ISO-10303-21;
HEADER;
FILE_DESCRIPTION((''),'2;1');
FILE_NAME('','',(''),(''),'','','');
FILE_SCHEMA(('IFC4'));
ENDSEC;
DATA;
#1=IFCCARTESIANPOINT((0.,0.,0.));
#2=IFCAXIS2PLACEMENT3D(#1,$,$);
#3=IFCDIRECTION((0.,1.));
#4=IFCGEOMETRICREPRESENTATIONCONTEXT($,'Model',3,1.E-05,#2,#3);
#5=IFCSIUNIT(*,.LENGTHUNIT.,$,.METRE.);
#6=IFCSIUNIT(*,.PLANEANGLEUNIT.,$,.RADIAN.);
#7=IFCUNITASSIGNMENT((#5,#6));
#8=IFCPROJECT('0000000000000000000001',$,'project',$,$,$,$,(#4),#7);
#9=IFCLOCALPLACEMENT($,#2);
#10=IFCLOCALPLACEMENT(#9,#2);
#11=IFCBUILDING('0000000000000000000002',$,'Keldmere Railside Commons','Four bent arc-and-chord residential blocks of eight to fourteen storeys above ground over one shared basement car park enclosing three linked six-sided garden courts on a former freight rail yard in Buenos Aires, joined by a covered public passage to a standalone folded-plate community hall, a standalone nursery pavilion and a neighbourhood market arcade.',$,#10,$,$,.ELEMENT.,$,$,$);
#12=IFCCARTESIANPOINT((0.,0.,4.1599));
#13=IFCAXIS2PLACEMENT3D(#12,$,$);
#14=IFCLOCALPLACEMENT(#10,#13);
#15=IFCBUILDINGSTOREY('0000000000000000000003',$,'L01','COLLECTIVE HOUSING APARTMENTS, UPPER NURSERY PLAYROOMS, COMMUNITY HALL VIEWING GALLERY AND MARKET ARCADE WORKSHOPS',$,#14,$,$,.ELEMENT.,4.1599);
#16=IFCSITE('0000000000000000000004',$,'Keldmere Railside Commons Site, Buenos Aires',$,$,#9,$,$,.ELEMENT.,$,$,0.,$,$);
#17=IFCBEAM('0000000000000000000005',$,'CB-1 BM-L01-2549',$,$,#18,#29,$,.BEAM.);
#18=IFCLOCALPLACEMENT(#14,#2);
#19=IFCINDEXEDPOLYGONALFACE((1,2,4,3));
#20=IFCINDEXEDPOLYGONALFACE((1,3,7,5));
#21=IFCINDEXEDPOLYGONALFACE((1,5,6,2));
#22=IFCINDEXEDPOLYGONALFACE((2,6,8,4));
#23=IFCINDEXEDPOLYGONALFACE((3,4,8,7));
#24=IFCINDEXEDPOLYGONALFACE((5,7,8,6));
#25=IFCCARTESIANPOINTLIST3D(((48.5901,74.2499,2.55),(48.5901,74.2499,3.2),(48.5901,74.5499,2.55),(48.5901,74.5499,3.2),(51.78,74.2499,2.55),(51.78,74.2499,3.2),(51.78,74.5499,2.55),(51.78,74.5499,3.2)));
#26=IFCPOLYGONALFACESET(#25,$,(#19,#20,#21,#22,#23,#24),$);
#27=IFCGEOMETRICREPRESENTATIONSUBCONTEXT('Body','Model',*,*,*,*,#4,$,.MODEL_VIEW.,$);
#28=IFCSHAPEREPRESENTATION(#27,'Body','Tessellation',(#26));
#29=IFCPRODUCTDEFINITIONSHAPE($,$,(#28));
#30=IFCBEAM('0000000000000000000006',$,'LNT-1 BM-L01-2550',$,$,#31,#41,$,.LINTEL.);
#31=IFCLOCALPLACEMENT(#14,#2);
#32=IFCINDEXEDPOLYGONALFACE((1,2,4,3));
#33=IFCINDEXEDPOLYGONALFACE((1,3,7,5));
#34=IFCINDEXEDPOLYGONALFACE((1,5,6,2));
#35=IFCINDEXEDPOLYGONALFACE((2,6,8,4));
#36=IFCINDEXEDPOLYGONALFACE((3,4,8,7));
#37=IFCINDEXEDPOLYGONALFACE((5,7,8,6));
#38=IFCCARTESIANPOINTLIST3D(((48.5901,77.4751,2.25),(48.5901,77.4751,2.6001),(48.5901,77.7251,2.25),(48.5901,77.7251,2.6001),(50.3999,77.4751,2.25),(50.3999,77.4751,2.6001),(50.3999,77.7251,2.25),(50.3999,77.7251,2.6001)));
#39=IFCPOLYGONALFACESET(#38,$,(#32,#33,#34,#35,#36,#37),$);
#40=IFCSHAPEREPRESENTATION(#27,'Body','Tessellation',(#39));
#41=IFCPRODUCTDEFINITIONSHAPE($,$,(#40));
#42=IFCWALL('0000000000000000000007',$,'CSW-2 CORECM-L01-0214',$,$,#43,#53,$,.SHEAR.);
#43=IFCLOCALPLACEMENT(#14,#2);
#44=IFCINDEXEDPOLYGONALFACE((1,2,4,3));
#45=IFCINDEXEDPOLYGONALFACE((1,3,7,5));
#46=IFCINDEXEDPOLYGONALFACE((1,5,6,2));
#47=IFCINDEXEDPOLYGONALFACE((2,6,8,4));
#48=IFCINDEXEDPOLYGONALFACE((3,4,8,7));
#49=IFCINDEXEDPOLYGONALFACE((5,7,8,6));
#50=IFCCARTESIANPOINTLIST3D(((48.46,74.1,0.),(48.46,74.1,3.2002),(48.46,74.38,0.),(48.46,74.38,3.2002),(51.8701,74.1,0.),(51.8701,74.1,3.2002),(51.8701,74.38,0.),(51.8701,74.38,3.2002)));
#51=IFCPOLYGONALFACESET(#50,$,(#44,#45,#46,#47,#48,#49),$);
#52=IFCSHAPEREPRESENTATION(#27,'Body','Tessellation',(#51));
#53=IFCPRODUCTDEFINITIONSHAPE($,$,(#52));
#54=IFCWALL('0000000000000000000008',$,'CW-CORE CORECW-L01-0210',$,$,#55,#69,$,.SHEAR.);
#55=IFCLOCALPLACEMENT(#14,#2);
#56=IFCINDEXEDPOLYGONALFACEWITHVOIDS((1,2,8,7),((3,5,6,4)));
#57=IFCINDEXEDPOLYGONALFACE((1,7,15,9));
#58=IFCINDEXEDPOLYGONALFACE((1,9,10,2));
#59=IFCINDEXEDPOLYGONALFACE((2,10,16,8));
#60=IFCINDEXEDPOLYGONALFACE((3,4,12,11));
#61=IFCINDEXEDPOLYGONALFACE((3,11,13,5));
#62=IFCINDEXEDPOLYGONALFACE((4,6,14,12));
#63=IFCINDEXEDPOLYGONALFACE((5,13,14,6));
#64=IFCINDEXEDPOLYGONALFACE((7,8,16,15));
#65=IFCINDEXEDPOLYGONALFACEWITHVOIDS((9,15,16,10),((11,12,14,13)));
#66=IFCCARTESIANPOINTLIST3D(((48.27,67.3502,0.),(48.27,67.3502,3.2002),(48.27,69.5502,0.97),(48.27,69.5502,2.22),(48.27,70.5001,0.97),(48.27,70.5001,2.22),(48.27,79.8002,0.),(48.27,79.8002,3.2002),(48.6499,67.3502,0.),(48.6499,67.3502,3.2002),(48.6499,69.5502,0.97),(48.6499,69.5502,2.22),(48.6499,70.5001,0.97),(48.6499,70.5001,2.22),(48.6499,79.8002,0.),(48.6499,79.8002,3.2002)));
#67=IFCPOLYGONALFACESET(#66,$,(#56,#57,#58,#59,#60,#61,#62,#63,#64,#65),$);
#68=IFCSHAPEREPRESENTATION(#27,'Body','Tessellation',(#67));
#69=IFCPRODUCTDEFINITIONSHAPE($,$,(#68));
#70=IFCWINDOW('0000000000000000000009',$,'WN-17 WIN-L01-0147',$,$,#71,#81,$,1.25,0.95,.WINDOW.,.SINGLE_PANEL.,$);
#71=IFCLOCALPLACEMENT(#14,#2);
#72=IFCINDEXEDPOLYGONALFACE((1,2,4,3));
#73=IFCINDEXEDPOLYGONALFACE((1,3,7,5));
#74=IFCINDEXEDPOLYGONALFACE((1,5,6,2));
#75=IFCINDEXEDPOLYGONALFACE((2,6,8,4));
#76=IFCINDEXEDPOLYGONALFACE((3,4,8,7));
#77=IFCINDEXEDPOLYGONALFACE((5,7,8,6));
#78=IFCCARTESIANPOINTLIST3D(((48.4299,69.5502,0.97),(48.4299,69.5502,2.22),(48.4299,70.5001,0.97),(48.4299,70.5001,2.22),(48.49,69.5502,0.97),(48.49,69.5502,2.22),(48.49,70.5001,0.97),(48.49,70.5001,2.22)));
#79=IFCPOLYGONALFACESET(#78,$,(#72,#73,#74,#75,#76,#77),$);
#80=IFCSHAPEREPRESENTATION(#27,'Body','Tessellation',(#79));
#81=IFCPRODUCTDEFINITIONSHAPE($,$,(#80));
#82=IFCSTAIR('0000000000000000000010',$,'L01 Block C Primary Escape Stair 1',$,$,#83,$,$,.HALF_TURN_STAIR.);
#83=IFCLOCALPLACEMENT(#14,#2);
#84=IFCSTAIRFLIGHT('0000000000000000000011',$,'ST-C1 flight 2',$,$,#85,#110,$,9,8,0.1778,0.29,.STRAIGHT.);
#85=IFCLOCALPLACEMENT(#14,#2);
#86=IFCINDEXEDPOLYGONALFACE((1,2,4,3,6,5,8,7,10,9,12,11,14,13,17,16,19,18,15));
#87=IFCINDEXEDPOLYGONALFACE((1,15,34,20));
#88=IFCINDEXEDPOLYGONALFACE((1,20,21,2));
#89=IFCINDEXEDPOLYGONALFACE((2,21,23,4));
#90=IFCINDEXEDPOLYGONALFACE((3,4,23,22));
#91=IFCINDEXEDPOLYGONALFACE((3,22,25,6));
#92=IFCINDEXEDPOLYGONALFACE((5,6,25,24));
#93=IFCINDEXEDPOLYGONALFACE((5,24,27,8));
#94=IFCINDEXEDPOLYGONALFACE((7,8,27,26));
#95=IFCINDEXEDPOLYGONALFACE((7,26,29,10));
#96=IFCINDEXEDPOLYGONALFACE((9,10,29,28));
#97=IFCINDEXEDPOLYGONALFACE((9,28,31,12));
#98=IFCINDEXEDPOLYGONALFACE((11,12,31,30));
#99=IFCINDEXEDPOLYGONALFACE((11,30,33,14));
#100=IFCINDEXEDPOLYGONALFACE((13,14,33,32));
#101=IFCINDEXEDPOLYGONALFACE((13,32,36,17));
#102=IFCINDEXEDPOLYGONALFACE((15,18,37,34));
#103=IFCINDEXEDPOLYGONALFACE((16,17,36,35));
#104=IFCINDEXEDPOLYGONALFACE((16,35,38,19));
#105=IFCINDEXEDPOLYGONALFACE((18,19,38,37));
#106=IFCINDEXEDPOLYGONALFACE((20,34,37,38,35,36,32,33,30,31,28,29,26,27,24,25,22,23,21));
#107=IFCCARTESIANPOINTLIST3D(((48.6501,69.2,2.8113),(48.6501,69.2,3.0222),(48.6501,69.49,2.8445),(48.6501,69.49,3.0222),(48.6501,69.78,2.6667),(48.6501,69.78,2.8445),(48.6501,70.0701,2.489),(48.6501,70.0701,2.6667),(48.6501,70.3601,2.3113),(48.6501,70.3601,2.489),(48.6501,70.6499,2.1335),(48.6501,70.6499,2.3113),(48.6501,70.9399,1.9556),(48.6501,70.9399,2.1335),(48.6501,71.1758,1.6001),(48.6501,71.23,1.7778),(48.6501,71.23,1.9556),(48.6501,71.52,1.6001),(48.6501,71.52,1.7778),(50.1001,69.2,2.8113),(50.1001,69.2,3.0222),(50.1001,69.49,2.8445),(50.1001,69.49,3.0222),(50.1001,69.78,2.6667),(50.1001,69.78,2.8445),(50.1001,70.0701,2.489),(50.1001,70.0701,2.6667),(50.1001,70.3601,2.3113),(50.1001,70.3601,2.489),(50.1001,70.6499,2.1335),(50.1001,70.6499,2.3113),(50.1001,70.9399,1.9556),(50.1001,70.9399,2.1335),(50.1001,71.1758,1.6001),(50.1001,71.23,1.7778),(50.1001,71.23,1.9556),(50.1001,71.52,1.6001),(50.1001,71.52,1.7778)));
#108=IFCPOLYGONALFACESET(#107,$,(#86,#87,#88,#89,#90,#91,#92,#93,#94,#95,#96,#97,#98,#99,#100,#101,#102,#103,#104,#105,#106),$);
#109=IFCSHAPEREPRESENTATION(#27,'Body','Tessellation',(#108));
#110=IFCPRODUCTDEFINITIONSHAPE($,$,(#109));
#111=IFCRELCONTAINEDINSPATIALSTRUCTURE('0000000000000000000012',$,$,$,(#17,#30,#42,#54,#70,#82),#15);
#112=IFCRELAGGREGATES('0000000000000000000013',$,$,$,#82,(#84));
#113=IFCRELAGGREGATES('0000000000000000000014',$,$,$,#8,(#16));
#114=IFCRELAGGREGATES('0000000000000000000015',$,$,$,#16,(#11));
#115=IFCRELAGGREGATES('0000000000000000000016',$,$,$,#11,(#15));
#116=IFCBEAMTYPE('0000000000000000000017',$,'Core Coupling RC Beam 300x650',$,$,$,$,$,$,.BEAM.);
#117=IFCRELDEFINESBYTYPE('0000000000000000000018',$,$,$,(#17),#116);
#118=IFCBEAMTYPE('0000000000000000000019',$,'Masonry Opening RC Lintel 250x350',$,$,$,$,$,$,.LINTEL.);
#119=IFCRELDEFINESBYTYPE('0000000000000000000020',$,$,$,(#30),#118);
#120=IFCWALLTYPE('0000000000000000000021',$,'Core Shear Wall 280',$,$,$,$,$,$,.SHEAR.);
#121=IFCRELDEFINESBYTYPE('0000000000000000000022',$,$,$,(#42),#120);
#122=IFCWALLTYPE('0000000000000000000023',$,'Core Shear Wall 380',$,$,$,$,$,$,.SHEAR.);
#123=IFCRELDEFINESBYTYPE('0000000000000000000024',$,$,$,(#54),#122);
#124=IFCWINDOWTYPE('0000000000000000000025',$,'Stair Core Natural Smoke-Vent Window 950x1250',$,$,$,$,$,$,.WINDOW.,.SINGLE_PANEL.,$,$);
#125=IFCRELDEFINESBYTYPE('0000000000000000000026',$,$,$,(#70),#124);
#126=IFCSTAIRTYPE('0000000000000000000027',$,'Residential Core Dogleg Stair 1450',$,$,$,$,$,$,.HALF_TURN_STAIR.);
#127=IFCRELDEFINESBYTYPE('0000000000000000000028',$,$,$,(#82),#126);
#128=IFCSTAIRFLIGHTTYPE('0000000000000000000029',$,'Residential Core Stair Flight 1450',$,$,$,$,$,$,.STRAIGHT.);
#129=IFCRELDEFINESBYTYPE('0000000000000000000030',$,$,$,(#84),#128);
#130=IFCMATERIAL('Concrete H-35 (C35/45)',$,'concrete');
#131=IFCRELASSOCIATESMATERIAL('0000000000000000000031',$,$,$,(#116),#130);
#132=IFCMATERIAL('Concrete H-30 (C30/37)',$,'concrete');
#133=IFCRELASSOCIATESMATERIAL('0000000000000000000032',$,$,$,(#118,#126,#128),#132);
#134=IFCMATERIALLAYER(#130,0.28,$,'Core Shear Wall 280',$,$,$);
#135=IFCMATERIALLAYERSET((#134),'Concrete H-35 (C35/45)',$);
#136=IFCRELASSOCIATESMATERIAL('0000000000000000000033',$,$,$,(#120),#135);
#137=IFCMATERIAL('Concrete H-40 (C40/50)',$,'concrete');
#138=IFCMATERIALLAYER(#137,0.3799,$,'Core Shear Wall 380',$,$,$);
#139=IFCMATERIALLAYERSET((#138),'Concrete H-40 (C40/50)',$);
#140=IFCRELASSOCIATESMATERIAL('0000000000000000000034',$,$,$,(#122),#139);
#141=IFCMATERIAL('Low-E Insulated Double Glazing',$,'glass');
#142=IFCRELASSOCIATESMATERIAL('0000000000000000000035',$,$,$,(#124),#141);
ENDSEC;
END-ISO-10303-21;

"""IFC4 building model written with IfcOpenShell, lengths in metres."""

from ifc_helpers import new_model, si_unit, direction, frame, frame_2d, origin, origin_2d, place, context, subcontext, project, spatial, polyline, rectangle, outline, extrude, material, layer, layer_set, material_profile, profile_set, type_object, element, fill, aggregate, save


model = new_model("IFC4")

# Units and contexts
model_context = context("Model", 3, precision=1e-05, world=origin(), true_north=direction((0.0, 1.0)))
body_context = subcontext(model_context, "Body", "Model", "MODEL_VIEW")
ifc_project = project(units=[si_unit("LENGTHUNIT", "METRE"), si_unit("PLANEANGLEUNIT", "RADIAN")], contexts=[model_context])

# Site, building, storey
site_placement = place(None, origin())
site = spatial("IfcSite", under=ifc_project, at=site_placement, Name="Keldmere Railside Commons Site, Buenos Aires", CompositionType="ELEMENT", RefElevation=0.0)
building_placement = place(site_placement, origin())
building = spatial("IfcBuilding", under=site, at=building_placement, Name="Keldmere Railside Commons", Description="Four bent arc-and-chord residential blocks of eight to fourteen storeys above ground over one shared basement car park enclosing three linked six-sided garden courts on a former freight rail yard in Buenos Aires, joined by a covered public passage to a standalone folded-plate community hall, a standalone nursery pavilion and a neighbourhood market arcade.", CompositionType="ELEMENT")
storey_placement = place(building_placement, frame((0.0, 0.0, 4.1599)))
storey = spatial("IfcBuildingStorey", under=building, at=storey_placement, Name="L01", Description="COLLECTIVE HOUSING APARTMENTS, UPPER NURSERY PLAYROOMS, COMMUNITY HALL VIEWING GALLERY AND MARKET ARCADE WORKSHOPS", CompositionType="ELEMENT", Elevation=4.1599)

# Beams
ifc_material_1 = material(Name="Concrete H-35 (C35/45)", Category="concrete")
ifc_material_profile_1 = material_profile(ifc_material_1, rectangle(XDim=0.3, YDim=0.6499, at=origin_2d()), Name="RC-300x650")
ifc_profile_set_1 = profile_set([ifc_material_profile_1], Name="Concrete H-35 (C35/45)")
beam_type_1 = type_object("IfcBeamType", Name="Core Coupling RC Beam 300x650", PredefinedType="BEAM", material=ifc_profile_set_1)
beam_1_placement = place(storey_placement, frame((48.5901, 74.3999, 2.875), z_axis=(1.0, 0.0, 0.0), x_axis=(0.0, 1.0, 0.0)))
element("IfcBeam", 1, at=beam_1_placement, inside=storey, type_object=beam_type_1, Name="CB-1 BM-L01-2549", PredefinedType="BEAM", context=body_context, shape_type="SweptSolid", body=[
    extrude(rectangle(XDim=0.3, YDim=0.6499, at=origin_2d()), origin(), (0.0, 0.0, 1.0), 3.1899),
])
ifc_material_2 = material(Name="Concrete H-30 (C30/37)", Category="concrete")
ifc_material_profile_2 = material_profile(ifc_material_2, rectangle(XDim=0.25, YDim=0.3501, at=origin_2d()), Name="RC-250x350")
ifc_profile_set_2 = profile_set([ifc_material_profile_2], Name="Concrete H-30 (C30/37)")
beam_type_2 = type_object("IfcBeamType", Name="Masonry Opening RC Lintel 250x350", PredefinedType="LINTEL", material=ifc_profile_set_2)
beam_2_placement = place(storey_placement, frame((48.5901, 77.6001, 2.425), z_axis=(1.0, 0.0, 0.0), x_axis=(0.0, 1.0, 0.0)))
element("IfcBeam", 2, at=beam_2_placement, inside=storey, type_object=beam_type_2, Name="LNT-1 BM-L01-2550", PredefinedType="LINTEL", context=body_context, shape_type="SweptSolid", body=[
    extrude(rectangle(XDim=0.25, YDim=0.3501, at=origin_2d()), origin(), (0.0, 0.0, 1.0), 1.8098),
])

# Wall
ifc_layer_1 = layer(ifc_material_1, 0.28, Name="Core Shear Wall 280")
ifc_layer_set_1 = layer_set([ifc_layer_1], Name="Concrete H-35 (C35/45)")
wall_type_1 = type_object("IfcWallType", Name="Core Shear Wall 280", PredefinedType="SHEAR", material=ifc_layer_set_1)
wall_1_placement = place(storey_placement, frame((48.46, 74.24, 0.0), z_axis=(0.0, 0.0, 1.0), x_axis=(1.0, 0.0, 0.0)))
element("IfcWall", 3, at=wall_1_placement, inside=storey, type_object=wall_type_1, Name="CSW-2 CORECM-L01-0214", PredefinedType="SHEAR", context=body_context, shape_type="SweptSolid", body=[
    extrude(rectangle(XDim=3.4102, YDim=0.28, at=frame_2d((1.7051, 0.0))), origin(), (0.0, 0.0, 1.0), 3.2002),
])

# Wall, opening, window
ifc_material_3 = material(Name="Concrete H-40 (C40/50)", Category="concrete")
ifc_layer_2 = layer(ifc_material_3, 0.3799, Name="Core Shear Wall 380")
ifc_layer_set_2 = layer_set([ifc_layer_2], Name="Concrete H-40 (C40/50)")
wall_type_2 = type_object("IfcWallType", Name="Core Shear Wall 380", PredefinedType="SHEAR", material=ifc_layer_set_2)
wall_2_placement = place(storey_placement, frame((48.46, 67.3501, 0.0), z_axis=(0.0, 0.0, 1.0), x_axis=(0.0, 1.0, 0.0)))
wall_2 = element("IfcWall", 4, at=wall_2_placement, inside=storey, type_object=wall_type_2, Name="CW-CORE CORECW-L01-0210", PredefinedType="SHEAR", context=body_context, shape_type="SweptSolid", body=[
    extrude(rectangle(XDim=12.45, YDim=0.3799, at=frame_2d((6.2251, 0.0))), origin(), (0.0, 0.0, 1.0), 3.2002),
])
opening_placement = place(wall_2_placement, frame((2.2, 0.0, 0.97)))
opening = element("IfcOpeningElement", 5, at=opening_placement, cuts=wall_2, PredefinedType="OPENING", context=body_context, shape_type="SweptSolid", body=[
    extrude(rectangle(XDim=0.95, YDim=1.25, at=frame_2d((0.4751, 0.625))), frame((0.0, 0.2, 0.0), z_axis=(0.0, -1.0, 0.0), x_axis=(1.0, 0.0, 0.0)), (0.0, 0.0, 1.0), 0.3999),
])
ifc_material_4 = material(Name="Low-E Insulated Double Glazing", Category="glass")
window_type = type_object("IfcWindowType", Name="Stair Core Natural Smoke-Vent Window 950x1250", PartitioningType="SINGLE_PANEL", PredefinedType="WINDOW", material=ifc_material_4)
window_placement = place(opening_placement, origin())
window = element("IfcWindow", 6, at=window_placement, inside=storey, type_object=window_type, Name="WN-17 WIN-L01-0147", OverallHeight=1.25, OverallWidth=0.95, PartitioningType="SINGLE_PANEL", PredefinedType="WINDOW", context=body_context, shape_type="SweptSolid", body=[
    extrude(rectangle(XDim=0.95, YDim=1.25, at=frame_2d((0.4751, 0.625))), frame((0.0, 0.03, 0.0), z_axis=(0.0, -1.0, 0.0), x_axis=(1.0, 0.0, 0.0)), (0.0, 0.0, 1.0), 0.0601),
])
fill(opening, window)

# Stair, stair flight
stair_type = type_object("IfcStairType", Name="Residential Core Dogleg Stair 1450", PredefinedType="HALF_TURN_STAIR", material=ifc_material_2)
stair_placement = place(storey_placement, origin())
stair = element("IfcStair", 7, at=stair_placement, inside=storey, type_object=stair_type, Name="L01 Block C Primary Escape Stair 1", PredefinedType="HALF_TURN_STAIR")
stair_flight_type = type_object("IfcStairFlightType", Name="Residential Core Stair Flight 1450", PredefinedType="STRAIGHT", material=ifc_material_2)
stair_flight_placement = place(storey_placement, frame((49.375, 71.52, 1.6001), z_axis=(0.0, 0.0, 1.0), x_axis=(0.0, -1.0, 0.0)))
stair_flight = element("IfcStairFlight", 8, at=stair_flight_placement, type_object=stair_flight_type, Name="ST-C1 flight 2", NumberOfRisers=9, NumberOfTreads=8, PredefinedType="STRAIGHT", RiserHeight=0.1778, TreadLength=0.29, context=body_context, shape_type="SweptSolid", body=[
    extrude(outline(polyline([(0.0, 0.0), (0.0, 0.1777), (0.29, 0.1777), (0.29, 0.3555), (0.5801, 0.3555), (0.5801, 0.5334), (0.8701, 0.5334), (0.8701, 0.7112), (1.1599, 0.7112), (1.1599, 0.8889), (1.45, 0.8889), (1.45, 1.0667), (1.74, 1.0667), (1.74, 1.2444), (2.03, 1.2444), (2.03, 1.4221), (2.3201, 1.4221), (2.3201, 1.6001), (2.3201, 1.2112), (0.3442, 0.0), (0.0, 0.0)])), frame((0.0, 0.7251, 0.0), z_axis=(0.0, -1.0, 0.0), x_axis=(1.0, 0.0, 0.0)), (0.0, 0.0, 1.0), 1.45),
])
aggregate(stair, [stair_flight])

save(model, "model.ifc")
